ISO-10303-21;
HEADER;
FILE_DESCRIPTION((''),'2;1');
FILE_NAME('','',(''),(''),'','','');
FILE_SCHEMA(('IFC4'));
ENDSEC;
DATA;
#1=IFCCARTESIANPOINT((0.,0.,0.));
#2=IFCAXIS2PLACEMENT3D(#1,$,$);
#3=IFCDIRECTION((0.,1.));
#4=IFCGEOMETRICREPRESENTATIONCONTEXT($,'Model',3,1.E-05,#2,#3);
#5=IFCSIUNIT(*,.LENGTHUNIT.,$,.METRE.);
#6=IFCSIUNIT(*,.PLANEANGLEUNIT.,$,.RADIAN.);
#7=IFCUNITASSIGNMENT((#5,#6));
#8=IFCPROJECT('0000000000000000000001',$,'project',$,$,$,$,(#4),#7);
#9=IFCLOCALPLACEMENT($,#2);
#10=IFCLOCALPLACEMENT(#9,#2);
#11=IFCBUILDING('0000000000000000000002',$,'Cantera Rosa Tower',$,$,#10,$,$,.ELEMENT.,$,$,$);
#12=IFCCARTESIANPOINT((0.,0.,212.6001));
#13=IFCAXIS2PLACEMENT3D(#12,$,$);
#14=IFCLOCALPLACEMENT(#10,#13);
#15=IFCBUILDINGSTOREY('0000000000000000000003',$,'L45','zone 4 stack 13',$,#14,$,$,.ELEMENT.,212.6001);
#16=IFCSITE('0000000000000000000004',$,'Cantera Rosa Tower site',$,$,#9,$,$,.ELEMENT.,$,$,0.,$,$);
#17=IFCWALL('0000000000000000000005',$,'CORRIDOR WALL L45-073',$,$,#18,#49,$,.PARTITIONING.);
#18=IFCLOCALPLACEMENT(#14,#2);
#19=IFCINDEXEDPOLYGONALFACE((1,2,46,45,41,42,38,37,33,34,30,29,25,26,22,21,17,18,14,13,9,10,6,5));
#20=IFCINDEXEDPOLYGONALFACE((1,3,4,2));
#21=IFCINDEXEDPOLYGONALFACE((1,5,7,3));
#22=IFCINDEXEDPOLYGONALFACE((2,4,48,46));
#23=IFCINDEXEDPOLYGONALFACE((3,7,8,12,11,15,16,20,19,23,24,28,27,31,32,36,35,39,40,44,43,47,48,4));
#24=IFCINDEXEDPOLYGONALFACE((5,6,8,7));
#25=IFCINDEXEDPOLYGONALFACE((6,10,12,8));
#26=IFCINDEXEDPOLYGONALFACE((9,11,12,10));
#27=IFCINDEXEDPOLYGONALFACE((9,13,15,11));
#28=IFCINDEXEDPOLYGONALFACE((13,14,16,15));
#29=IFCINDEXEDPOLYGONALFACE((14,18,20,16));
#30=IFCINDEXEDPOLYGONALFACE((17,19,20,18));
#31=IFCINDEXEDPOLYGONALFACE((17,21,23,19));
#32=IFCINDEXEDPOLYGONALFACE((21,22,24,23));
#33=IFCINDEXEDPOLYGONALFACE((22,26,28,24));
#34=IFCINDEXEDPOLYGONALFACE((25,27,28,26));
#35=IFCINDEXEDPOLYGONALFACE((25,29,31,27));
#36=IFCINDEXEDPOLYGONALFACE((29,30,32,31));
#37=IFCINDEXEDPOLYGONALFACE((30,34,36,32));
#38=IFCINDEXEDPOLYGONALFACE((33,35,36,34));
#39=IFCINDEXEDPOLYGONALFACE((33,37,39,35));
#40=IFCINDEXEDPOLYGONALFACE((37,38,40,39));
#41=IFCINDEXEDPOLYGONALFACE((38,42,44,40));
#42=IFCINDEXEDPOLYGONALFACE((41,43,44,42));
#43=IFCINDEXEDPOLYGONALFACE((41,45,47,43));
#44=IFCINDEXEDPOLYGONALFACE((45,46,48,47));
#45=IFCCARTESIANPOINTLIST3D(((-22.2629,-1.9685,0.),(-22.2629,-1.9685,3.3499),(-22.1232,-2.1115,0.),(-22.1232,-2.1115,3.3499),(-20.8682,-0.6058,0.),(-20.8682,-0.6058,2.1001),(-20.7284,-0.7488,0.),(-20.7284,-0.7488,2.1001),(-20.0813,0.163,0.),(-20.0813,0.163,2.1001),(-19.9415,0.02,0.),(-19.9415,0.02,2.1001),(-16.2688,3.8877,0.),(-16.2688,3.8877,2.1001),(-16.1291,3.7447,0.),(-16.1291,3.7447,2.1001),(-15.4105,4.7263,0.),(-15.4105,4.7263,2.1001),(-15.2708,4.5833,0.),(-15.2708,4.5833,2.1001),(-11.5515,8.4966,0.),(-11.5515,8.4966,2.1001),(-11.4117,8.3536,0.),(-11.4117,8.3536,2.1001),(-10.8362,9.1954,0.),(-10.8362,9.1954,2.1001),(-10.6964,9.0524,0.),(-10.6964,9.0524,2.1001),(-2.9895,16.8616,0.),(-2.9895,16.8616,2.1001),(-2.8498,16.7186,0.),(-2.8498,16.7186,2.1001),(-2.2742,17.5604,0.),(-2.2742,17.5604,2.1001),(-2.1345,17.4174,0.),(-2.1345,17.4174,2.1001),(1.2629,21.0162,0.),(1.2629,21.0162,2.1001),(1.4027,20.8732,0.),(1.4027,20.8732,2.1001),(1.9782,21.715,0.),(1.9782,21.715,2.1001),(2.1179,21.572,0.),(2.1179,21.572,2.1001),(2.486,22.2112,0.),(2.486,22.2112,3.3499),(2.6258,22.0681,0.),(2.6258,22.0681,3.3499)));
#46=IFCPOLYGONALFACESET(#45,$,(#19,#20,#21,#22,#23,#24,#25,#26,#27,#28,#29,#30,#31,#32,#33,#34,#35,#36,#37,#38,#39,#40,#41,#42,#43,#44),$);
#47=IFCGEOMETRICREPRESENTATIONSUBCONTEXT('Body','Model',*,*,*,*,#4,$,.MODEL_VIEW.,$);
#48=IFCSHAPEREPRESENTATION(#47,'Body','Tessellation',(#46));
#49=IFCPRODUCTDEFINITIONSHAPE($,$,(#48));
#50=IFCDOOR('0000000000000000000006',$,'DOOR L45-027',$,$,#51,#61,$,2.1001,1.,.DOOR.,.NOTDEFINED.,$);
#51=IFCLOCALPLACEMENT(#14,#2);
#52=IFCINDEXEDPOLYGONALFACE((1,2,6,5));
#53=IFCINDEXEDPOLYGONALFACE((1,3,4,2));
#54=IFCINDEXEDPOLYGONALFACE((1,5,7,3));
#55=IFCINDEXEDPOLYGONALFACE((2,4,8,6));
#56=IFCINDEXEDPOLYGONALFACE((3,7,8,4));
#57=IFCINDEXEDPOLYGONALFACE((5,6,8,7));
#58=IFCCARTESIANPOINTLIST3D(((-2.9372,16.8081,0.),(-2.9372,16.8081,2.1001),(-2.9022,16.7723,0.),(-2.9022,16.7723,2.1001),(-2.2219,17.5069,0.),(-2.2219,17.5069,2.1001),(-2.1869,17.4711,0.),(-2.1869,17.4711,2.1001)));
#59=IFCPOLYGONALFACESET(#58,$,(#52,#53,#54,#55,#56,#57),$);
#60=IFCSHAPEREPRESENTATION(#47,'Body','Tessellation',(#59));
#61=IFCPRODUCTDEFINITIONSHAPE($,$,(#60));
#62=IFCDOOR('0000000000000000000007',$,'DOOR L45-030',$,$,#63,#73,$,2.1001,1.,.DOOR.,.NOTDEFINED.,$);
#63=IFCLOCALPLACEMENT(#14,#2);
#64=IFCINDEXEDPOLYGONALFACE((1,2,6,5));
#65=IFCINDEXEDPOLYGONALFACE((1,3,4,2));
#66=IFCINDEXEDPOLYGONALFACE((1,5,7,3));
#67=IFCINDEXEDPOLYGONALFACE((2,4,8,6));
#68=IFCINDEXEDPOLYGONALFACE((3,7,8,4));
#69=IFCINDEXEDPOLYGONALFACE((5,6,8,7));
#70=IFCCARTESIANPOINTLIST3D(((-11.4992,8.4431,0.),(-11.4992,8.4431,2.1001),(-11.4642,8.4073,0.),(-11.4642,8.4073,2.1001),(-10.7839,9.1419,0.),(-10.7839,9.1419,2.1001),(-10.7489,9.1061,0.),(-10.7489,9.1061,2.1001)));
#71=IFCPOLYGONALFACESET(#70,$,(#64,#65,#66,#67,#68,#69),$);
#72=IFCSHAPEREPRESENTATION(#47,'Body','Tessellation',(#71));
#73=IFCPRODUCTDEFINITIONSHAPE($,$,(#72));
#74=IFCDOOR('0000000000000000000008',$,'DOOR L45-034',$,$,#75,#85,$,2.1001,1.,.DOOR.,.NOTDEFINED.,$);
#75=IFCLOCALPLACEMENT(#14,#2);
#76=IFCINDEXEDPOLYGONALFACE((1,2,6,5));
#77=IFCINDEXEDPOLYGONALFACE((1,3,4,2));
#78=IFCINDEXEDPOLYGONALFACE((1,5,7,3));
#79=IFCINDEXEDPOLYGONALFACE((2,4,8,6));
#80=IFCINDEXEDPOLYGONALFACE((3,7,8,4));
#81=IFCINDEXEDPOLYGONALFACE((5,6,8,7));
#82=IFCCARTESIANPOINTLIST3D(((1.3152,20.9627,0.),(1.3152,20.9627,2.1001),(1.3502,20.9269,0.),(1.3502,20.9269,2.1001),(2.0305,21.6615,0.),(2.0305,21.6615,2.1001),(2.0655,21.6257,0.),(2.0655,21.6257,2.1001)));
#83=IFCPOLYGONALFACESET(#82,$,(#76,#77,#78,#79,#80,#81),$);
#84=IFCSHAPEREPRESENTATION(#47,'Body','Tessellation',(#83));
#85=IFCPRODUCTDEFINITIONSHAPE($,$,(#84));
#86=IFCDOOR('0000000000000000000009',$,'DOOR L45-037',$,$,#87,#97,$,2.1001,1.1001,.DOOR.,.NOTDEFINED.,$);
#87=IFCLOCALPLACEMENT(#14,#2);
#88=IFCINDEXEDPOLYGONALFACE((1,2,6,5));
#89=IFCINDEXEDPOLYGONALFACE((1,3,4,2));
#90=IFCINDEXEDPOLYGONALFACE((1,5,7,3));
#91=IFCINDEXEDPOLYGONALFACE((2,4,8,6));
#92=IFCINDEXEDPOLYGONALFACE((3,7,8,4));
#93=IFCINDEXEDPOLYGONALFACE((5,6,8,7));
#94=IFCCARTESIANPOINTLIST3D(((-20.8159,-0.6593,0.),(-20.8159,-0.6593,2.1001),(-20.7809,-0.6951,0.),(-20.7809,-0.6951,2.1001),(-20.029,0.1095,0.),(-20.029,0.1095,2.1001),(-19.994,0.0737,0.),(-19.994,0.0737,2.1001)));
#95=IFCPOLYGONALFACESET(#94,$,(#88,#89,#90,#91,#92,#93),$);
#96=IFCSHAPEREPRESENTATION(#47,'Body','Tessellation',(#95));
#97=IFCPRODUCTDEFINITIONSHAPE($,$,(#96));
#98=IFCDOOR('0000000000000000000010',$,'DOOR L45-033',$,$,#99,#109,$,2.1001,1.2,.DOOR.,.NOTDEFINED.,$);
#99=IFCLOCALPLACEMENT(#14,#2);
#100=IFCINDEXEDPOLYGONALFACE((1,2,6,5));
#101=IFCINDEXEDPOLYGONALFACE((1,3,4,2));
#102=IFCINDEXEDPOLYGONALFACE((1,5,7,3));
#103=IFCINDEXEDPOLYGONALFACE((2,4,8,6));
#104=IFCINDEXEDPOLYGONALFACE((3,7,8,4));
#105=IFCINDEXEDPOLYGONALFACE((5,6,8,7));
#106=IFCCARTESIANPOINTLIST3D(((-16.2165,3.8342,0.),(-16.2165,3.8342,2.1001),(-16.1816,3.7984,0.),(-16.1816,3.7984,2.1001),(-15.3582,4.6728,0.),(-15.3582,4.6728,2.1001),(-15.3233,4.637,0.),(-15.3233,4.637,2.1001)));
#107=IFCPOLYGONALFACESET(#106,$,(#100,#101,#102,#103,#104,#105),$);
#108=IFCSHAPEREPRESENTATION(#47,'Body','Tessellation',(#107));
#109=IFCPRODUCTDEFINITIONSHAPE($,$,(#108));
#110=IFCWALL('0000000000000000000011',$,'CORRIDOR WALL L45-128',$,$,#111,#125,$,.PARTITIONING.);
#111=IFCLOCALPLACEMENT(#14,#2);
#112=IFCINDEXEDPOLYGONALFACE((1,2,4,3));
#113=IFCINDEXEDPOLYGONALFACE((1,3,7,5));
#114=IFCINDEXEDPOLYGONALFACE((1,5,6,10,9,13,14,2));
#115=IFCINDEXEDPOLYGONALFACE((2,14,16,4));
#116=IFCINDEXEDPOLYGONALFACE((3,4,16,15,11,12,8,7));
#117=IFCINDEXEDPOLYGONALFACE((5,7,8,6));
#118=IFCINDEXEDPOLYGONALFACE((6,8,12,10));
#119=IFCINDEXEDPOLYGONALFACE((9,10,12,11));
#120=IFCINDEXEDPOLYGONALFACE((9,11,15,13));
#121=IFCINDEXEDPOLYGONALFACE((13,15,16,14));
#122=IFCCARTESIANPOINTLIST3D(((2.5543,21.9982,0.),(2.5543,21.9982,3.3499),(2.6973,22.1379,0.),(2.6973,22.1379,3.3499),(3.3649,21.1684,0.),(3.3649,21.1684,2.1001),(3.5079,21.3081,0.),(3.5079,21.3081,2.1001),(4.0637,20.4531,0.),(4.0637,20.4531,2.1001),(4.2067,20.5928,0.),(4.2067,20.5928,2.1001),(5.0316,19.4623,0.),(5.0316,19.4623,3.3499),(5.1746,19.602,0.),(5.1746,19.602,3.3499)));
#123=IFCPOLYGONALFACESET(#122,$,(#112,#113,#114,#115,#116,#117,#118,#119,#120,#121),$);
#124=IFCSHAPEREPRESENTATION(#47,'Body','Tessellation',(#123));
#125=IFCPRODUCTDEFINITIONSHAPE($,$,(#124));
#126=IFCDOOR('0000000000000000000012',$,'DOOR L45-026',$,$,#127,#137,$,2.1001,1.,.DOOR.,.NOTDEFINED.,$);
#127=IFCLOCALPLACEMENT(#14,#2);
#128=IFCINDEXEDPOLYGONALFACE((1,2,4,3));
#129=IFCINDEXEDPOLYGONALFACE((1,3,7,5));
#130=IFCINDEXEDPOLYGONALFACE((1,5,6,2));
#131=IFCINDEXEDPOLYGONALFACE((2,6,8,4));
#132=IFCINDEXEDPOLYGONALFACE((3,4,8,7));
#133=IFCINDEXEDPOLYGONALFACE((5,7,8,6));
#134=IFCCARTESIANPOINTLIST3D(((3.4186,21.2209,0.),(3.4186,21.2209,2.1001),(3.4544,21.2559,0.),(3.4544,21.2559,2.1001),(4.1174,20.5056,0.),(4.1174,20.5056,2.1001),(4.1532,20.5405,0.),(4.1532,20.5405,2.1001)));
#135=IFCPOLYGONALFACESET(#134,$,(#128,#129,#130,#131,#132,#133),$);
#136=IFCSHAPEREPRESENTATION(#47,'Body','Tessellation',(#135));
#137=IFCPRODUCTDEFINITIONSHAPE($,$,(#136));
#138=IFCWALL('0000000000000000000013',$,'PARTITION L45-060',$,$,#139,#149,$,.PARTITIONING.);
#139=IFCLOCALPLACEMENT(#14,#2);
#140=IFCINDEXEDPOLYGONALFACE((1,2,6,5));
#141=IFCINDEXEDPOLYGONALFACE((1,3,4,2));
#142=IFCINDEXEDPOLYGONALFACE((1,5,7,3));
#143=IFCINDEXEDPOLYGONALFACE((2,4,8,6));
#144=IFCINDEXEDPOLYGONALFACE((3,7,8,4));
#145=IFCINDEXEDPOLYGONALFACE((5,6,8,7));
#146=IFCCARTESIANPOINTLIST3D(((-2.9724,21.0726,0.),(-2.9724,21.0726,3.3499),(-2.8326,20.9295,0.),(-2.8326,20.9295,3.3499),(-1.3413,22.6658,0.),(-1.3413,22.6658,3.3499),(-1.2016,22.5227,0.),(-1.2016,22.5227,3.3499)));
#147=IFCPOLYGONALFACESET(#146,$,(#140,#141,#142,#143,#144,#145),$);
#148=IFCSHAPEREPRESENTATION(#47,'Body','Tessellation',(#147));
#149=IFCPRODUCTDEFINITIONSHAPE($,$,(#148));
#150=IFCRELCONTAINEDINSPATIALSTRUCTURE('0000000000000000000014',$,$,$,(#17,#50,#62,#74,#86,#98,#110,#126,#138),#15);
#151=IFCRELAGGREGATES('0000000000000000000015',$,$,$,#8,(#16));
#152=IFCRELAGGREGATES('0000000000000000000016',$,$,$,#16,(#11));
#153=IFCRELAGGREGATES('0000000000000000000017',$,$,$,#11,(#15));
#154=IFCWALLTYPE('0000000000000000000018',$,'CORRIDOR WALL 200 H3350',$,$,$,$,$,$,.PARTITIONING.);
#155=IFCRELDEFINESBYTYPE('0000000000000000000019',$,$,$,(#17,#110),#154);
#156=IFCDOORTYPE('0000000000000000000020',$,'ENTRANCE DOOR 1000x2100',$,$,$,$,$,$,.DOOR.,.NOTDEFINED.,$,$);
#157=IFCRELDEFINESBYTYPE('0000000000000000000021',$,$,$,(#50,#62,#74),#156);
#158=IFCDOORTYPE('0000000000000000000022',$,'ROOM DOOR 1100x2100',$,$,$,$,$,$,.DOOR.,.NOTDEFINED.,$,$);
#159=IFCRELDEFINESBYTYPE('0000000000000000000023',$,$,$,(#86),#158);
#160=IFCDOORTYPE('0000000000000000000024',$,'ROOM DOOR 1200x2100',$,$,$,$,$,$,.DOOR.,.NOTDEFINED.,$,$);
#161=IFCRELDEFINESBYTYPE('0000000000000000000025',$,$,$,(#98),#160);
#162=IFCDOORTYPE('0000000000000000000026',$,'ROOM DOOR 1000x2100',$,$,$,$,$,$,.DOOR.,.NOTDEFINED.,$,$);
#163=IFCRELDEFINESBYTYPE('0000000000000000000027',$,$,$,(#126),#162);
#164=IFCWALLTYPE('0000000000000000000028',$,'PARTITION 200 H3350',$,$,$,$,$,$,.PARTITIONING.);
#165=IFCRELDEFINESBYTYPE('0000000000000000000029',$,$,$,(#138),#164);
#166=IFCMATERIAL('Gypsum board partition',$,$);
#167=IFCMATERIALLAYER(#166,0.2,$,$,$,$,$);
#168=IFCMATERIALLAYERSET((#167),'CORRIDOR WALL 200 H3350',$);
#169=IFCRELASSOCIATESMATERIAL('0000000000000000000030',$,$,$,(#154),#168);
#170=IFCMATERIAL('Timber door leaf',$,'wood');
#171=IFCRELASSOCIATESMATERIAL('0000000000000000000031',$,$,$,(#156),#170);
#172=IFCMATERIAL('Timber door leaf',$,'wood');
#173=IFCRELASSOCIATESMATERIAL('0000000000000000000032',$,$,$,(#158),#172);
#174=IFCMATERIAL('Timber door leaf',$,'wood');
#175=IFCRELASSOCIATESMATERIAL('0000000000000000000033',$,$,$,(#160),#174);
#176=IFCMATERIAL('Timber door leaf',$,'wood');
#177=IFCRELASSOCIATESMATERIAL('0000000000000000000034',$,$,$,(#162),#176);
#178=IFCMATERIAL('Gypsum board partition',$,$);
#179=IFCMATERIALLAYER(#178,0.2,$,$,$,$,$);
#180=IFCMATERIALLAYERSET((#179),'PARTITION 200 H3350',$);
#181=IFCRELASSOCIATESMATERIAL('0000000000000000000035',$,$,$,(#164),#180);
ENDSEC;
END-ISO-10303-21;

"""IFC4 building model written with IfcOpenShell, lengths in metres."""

from ifc_helpers import new_model, si_unit, direction, frame, frame_2d, origin, place, context, subcontext, project, spatial, rectangle, extrude, material, layer, layer_set, type_object, element, fill, save


model = new_model("IFC4")

# Units and contexts
model_context = context("Model", 3, precision=1e-05, world=origin(), true_north=direction((0.0, 1.0)))
body_context = subcontext(model_context, "Body", "Model", "MODEL_VIEW")
ifc_project = project(units=[si_unit("LENGTHUNIT", "METRE"), si_unit("PLANEANGLEUNIT", "RADIAN")], contexts=[model_context])

# Site, building, storey
site_placement = place(None, origin())
site = spatial("IfcSite", under=ifc_project, at=site_placement, Name="Cantera Rosa Tower site", CompositionType="ELEMENT", RefElevation=0.0)
building_placement = place(site_placement, origin())
building = spatial("IfcBuilding", under=site, at=building_placement, Name="Cantera Rosa Tower", CompositionType="ELEMENT")
storey_placement = place(building_placement, frame((0.0, 0.0, 212.6001)))
storey = spatial("IfcBuildingStorey", under=building, at=storey_placement, Name="L45", Description="zone 4 stack 13", CompositionType="ELEMENT", Elevation=212.6001)

# Shared definitions
ifc_material_1 = material(Name="Gypsum board partition")
ifc_layer_1 = layer(ifc_material_1, 0.2)
ifc_layer_set_1 = layer_set([ifc_layer_1], Name="CORRIDOR WALL 200 H3350")
wall_type_1 = type_object("IfcWallType", Name="CORRIDOR WALL 200 H3350", PredefinedType="PARTITIONING", material=ifc_layer_set_1)

# Wall, openings, doors
wall_1_placement = place(storey_placement, frame((2.5559, 22.1396, 0.0), z_axis=(0.0, 0.0, 1.0), x_axis=(-0.715286, -0.698832, 0.0)))
wall_1 = element("IfcWall", 1, at=wall_1_placement, inside=storey, type_object=wall_type_1, Name="CORRIDOR WALL L45-073", PredefinedType="PARTITIONING", context=body_context, shape_type="SweptSolid", body=[
    extrude(rectangle(XDim=34.6001, YDim=0.2, at=frame_2d((17.3, 0.0))), origin(), (0.0, 0.0, 1.0), 3.3499),
])
opening_1_placement = place(wall_1_placement, frame((6.655, 0.0, 0.0)))
opening_1 = element("IfcOpeningElement", 2, at=opening_1_placement, cuts=wall_1, PredefinedType="OPENING", context=body_context, shape_type="SweptSolid", body=[
    extrude(rectangle(XDim=1.0, YDim=2.1001, at=frame_2d((0.5, 1.05))), frame((0.0, 0.1099, 0.0), z_axis=(0.0, -1.0, 0.0), x_axis=(1.0, 0.0, 0.0)), (0.0, 0.0, 1.0), 0.22),
])
opening_2_placement = place(wall_1_placement, frame((18.625, 0.0, 0.0)))
opening_2 = element("IfcOpeningElement", 3, at=opening_2_placement, cuts=wall_1, PredefinedType="OPENING", context=body_context, shape_type="SweptSolid", body=[
    extrude(rectangle(XDim=1.0, YDim=2.1001, at=frame_2d((0.5, 1.05))), frame((0.0, 0.1099, 0.0), z_axis=(0.0, -1.0, 0.0), x_axis=(1.0, 0.0, 0.0)), (0.0, 0.0, 1.0), 0.22),
])
opening_3_placement = place(wall_1_placement, frame((25.02, 0.0, 0.0)))
opening_3 = element("IfcOpeningElement", 4, at=opening_3_placement, cuts=wall_1, PredefinedType="OPENING", context=body_context, shape_type="SweptSolid", body=[
    extrude(rectangle(XDim=1.2, YDim=2.1001, at=frame_2d((0.6001, 1.05))), frame((0.0, 0.1099, 0.0), z_axis=(0.0, -1.0, 0.0), x_axis=(1.0, 0.0, 0.0)), (0.0, 0.0, 1.0), 0.22),
])
opening_4_placement = place(wall_1_placement, frame((0.71, 0.0, 0.0)))
opening_4 = element("IfcOpeningElement", 5, at=opening_4_placement, cuts=wall_1, PredefinedType="OPENING", context=body_context, shape_type="SweptSolid", body=[
    extrude(rectangle(XDim=1.0, YDim=2.1001, at=frame_2d((0.5, 1.05))), frame((0.0, 0.1099, 0.0), z_axis=(0.0, -1.0, 0.0), x_axis=(1.0, 0.0, 0.0)), (0.0, 0.0, 1.0), 0.22),
])
opening_5_placement = place(wall_1_placement, frame((31.55, 0.0, 0.0)))
opening_5 = element("IfcOpeningElement", 6, at=opening_5_placement, cuts=wall_1, PredefinedType="OPENING", context=body_context, shape_type="SweptSolid", body=[
    extrude(rectangle(XDim=1.1001, YDim=2.1001, at=frame_2d((0.55, 1.05))), frame((0.0, 0.1099, 0.0), z_axis=(0.0, -1.0, 0.0), x_axis=(1.0, 0.0, 0.0)), (0.0, 0.0, 1.0), 0.22),
])
ifc_material_2 = material(Name="Timber door leaf", Category="wood")
door_type_1 = type_object("IfcDoorType", Name="ENTRANCE DOOR 1000x2100", OperationType="NOTDEFINED", PredefinedType="DOOR", material=ifc_material_2)
door_1_placement = place(opening_1_placement, origin())
door_1 = element("IfcDoor", 7, at=door_1_placement, inside=storey, type_object=door_type_1, Name="DOOR L45-027", OperationType="NOTDEFINED", OverallHeight=2.1001, OverallWidth=1.0, PredefinedType="DOOR", context=body_context, shape_type="SweptSolid", body=[
    extrude(rectangle(XDim=1.0, YDim=2.1001, at=frame_2d((0.5, 1.05))), frame((0.0, 0.0249, 0.0), z_axis=(0.0, -1.0, 0.0), x_axis=(1.0, 0.0, 0.0)), (0.0, 0.0, 1.0), 0.05),
])
fill(opening_1, door_1)
door_2_placement = place(opening_2_placement, origin())
door_2 = element("IfcDoor", 8, at=door_2_placement, inside=storey, type_object=door_type_1, Name="DOOR L45-030", OperationType="NOTDEFINED", OverallHeight=2.1001, OverallWidth=1.0, PredefinedType="DOOR", context=body_context, shape_type="SweptSolid", body=[
    extrude(rectangle(XDim=1.0, YDim=2.1001, at=frame_2d((0.5, 1.05))), frame((0.0, 0.0249, 0.0), z_axis=(0.0, -1.0, 0.0), x_axis=(1.0, 0.0, 0.0)), (0.0, 0.0, 1.0), 0.05),
])
fill(opening_2, door_2)
door_3_placement = place(opening_4_placement, origin())
door_3 = element("IfcDoor", 9, at=door_3_placement, inside=storey, type_object=door_type_1, Name="DOOR L45-034", OperationType="NOTDEFINED", OverallHeight=2.1001, OverallWidth=1.0, PredefinedType="DOOR", context=body_context, shape_type="SweptSolid", body=[
    extrude(rectangle(XDim=1.0, YDim=2.1001, at=frame_2d((0.5, 1.05))), frame((0.0, 0.0249, 0.0), z_axis=(0.0, -1.0, 0.0), x_axis=(1.0, 0.0, 0.0)), (0.0, 0.0, 1.0), 0.05),
])
fill(opening_4, door_3)
ifc_material_3 = material(Name="Timber door leaf", Category="wood")
door_type_2 = type_object("IfcDoorType", Name="ROOM DOOR 1100x2100", OperationType="NOTDEFINED", PredefinedType="DOOR", material=ifc_material_3)
door_4_placement = place(opening_5_placement, origin())
door_4 = element("IfcDoor", 10, at=door_4_placement, inside=storey, type_object=door_type_2, Name="DOOR L45-037", OperationType="NOTDEFINED", OverallHeight=2.1001, OverallWidth=1.1001, PredefinedType="DOOR", context=body_context, shape_type="SweptSolid", body=[
    extrude(rectangle(XDim=1.1001, YDim=2.1001, at=frame_2d((0.55, 1.05))), frame((0.0, 0.0249, 0.0), z_axis=(0.0, -1.0, 0.0), x_axis=(1.0, 0.0, 0.0)), (0.0, 0.0, 1.0), 0.05),
])
fill(opening_5, door_4)
ifc_material_4 = material(Name="Timber door leaf", Category="wood")
door_type_3 = type_object("IfcDoorType", Name="ROOM DOOR 1200x2100", OperationType="NOTDEFINED", PredefinedType="DOOR", material=ifc_material_4)
door_5_placement = place(opening_3_placement, origin())
door_5 = element("IfcDoor", 11, at=door_5_placement, inside=storey, type_object=door_type_3, Name="DOOR L45-033", OperationType="NOTDEFINED", OverallHeight=2.1001, OverallWidth=1.2, PredefinedType="DOOR", context=body_context, shape_type="SweptSolid", body=[
    extrude(rectangle(XDim=1.2, YDim=2.1001, at=frame_2d((0.6001, 1.05))), frame((0.0, 0.0249, 0.0), z_axis=(0.0, -1.0, 0.0), x_axis=(1.0, 0.0, 0.0)), (0.0, 0.0, 1.0), 0.05),
])
fill(opening_3, door_5)

# Wall, opening, door
wall_2_placement = place(storey_placement, frame((5.103, 19.5322, 0.0), z_axis=(0.0, 0.0, 1.0), x_axis=(-0.698794, 0.715323, 0.0)))
wall_2 = element("IfcWall", 12, at=wall_2_placement, inside=storey, type_object=wall_type_1, Name="CORRIDOR WALL L45-128", PredefinedType="PARTITIONING", context=body_context, shape_type="SweptSolid", body=[
    extrude(rectangle(XDim=3.5452, YDim=0.2, at=frame_2d((1.7725, 0.0))), origin(), (0.0, 0.0, 1.0), 3.3499),
])
opening_6_placement = place(wall_2_placement, frame((1.385, 0.0, 0.0)))
opening_6 = element("IfcOpeningElement", 13, at=opening_6_placement, cuts=wall_2, PredefinedType="OPENING", context=body_context, shape_type="SweptSolid", body=[
    extrude(rectangle(XDim=1.0, YDim=2.1001, at=frame_2d((0.5, 1.05))), frame((0.0, 0.1099, 0.0), z_axis=(0.0, -1.0, 0.0), x_axis=(1.0, 0.0, 0.0)), (0.0, 0.0, 1.0), 0.22),
])
ifc_material_5 = material(Name="Timber door leaf", Category="wood")
door_type_4 = type_object("IfcDoorType", Name="ROOM DOOR 1000x2100", OperationType="NOTDEFINED", PredefinedType="DOOR", material=ifc_material_5)
door_6_placement = place(opening_6_placement, origin())
door_6 = element("IfcDoor", 14, at=door_6_placement, inside=storey, type_object=door_type_4, Name="DOOR L45-026", OperationType="NOTDEFINED", OverallHeight=2.1001, OverallWidth=1.0, PredefinedType="DOOR", context=body_context, shape_type="SweptSolid", body=[
    extrude(rectangle(XDim=1.0, YDim=2.1001, at=frame_2d((0.5, 1.05))), frame((0.0, 0.0249, 0.0), z_axis=(0.0, -1.0, 0.0), x_axis=(1.0, 0.0, 0.0)), (0.0, 0.0, 1.0), 0.05),
])
fill(opening_6, door_6)

# Wall
ifc_material_6 = material(Name="Gypsum board partition")
ifc_layer_2 = layer(ifc_material_6, 0.2)
ifc_layer_set_2 = layer_set([ifc_layer_2], Name="PARTITION 200 H3350")
wall_type_2 = type_object("IfcWallType", Name="PARTITION 200 H3350", PredefinedType="PARTITIONING", material=ifc_layer_set_2)
wall_3_placement = place(storey_placement, frame((-2.9026, 21.001, 0.0), z_axis=(0.0, 0.0, 1.0), x_axis=(0.715356, 0.69876, 0.0)))
element("IfcWall", 15, at=wall_3_placement, inside=storey, type_object=wall_type_2, Name="PARTITION L45-060", PredefinedType="PARTITIONING", context=body_context, shape_type="SweptSolid", body=[
    extrude(rectangle(XDim=2.28, YDim=0.2, at=frame_2d((1.1401, 0.0))), origin(), (0.0, 0.0, 1.0), 3.3499),
])

save(model, "model.ifc")
